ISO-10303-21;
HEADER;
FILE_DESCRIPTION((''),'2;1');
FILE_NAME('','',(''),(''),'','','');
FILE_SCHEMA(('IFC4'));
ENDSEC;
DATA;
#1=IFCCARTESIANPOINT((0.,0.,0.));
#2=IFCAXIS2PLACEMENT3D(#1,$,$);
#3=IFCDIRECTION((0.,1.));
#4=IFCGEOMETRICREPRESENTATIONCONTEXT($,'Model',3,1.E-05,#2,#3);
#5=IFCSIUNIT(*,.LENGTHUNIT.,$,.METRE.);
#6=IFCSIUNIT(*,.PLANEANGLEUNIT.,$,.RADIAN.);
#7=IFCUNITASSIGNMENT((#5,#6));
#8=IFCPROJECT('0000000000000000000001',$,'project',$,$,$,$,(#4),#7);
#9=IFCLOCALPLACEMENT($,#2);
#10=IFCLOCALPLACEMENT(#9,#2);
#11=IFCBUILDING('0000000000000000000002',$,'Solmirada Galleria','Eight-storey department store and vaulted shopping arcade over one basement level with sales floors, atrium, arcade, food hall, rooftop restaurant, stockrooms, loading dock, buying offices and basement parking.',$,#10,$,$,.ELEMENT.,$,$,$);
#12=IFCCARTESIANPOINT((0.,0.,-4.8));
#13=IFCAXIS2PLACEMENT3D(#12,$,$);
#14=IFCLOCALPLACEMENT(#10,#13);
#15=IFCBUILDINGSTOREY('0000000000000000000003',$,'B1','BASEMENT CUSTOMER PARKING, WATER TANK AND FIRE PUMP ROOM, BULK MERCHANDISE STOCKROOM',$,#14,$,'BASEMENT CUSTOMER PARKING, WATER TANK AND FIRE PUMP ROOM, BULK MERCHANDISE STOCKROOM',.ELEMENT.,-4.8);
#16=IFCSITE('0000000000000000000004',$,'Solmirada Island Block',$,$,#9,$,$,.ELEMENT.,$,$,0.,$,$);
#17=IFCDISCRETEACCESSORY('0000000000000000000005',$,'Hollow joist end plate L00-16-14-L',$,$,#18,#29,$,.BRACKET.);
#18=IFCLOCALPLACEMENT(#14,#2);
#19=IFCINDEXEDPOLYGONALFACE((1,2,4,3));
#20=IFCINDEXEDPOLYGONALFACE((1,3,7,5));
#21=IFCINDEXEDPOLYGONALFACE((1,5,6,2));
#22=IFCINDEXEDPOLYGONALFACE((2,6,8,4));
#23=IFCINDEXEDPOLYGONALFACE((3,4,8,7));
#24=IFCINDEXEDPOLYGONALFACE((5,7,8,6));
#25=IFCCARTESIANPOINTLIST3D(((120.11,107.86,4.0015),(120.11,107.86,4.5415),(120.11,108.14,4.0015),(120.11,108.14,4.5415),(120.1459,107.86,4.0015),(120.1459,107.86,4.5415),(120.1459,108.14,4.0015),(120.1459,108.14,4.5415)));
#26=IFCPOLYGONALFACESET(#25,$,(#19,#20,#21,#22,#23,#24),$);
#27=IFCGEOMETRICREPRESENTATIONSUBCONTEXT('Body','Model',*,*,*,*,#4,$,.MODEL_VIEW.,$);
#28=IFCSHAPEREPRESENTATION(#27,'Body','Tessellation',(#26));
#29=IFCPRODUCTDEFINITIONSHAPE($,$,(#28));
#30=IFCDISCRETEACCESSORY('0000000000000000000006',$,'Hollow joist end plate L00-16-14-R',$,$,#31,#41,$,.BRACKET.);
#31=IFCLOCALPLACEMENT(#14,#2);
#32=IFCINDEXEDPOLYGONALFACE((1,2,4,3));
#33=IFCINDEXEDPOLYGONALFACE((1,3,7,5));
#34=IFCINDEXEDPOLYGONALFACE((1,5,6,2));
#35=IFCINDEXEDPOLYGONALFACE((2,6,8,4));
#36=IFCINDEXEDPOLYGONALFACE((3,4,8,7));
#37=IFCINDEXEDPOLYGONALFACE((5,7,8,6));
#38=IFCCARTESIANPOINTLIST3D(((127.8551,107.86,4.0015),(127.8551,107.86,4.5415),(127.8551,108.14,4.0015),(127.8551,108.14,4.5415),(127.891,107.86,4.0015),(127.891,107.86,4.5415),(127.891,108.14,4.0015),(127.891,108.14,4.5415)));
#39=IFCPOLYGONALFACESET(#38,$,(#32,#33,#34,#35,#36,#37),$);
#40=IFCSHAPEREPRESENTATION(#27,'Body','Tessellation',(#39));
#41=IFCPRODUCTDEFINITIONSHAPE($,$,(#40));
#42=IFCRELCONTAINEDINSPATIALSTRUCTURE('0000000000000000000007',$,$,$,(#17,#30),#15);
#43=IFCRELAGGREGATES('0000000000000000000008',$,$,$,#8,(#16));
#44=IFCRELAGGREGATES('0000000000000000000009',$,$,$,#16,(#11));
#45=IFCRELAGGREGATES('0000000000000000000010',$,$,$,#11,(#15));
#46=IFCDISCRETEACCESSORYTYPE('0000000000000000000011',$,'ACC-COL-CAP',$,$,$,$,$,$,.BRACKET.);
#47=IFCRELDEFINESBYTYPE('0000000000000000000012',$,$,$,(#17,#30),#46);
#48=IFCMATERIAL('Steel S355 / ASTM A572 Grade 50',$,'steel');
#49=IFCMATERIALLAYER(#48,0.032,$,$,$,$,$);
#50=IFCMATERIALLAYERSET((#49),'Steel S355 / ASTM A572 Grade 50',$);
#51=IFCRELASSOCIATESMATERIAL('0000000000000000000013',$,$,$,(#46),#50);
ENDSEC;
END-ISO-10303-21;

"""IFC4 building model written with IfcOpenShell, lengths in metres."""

from ifc_helpers import new_model, si_unit, direction, frame, origin, origin_2d, place, context, subcontext, project, spatial, rectangle, extrude, material, layer, layer_set, type_object, element, save


model = new_model("IFC4")

# Units and contexts
model_context = context("Model", 3, precision=1e-05, world=origin(), true_north=direction((0.0, 1.0)))
body_context = subcontext(model_context, "Body", "Model", "MODEL_VIEW")
ifc_project = project(units=[si_unit("LENGTHUNIT", "METRE"), si_unit("PLANEANGLEUNIT", "RADIAN")], contexts=[model_context])

# Site, building, storey
site_placement = place(None, origin())
site = spatial("IfcSite", under=ifc_project, at=site_placement, Name="Solmirada Island Block", CompositionType="ELEMENT", RefElevation=0.0)
building_placement = place(site_placement, origin())
building = spatial("IfcBuilding", under=site, at=building_placement, Name="Solmirada Galleria", Description="Eight-storey department store and vaulted shopping arcade over one basement level with sales floors, atrium, arcade, food hall, rooftop restaurant, stockrooms, loading dock, buying offices and basement parking.", CompositionType="ELEMENT")
storey_placement = place(building_placement, frame((0.0, 0.0, -4.8)))
storey = spatial("IfcBuildingStorey", under=building, at=storey_placement, Name="B1", Description="BASEMENT CUSTOMER PARKING, WATER TANK AND FIRE PUMP ROOM, BULK MERCHANDISE STOCKROOM", LongName="BASEMENT CUSTOMER PARKING, WATER TANK AND FIRE PUMP ROOM, BULK MERCHANDISE STOCKROOM", CompositionType="ELEMENT", Elevation=-4.8)

# Discrete accessories
ifc_material_1 = material(Name="Steel S355 / ASTM A572 Grade 50", Category="steel")
ifc_layer = layer(ifc_material_1, 0.032)
ifc_layer_set = layer_set([ifc_layer], Name="Steel S355 / ASTM A572 Grade 50")
discrete_accessory_type = type_object("IfcDiscreteAccessoryType", Name="ACC-COL-CAP", PredefinedType="BRACKET", material=ifc_layer_set)
for number, where, z_axis, x_axis, name in (
    (1, (120.1279, 108.0, 4.0015), (0.0, 0.0, 1.0), (1.0, 0.0, 0.0), "Hollow joist end plate L00-16-14-L"),
    (2, (127.873, 108.0, 4.0015), (0.0, 0.0, 1.0), (1.0, 0.0, 0.0), "Hollow joist end plate L00-16-14-R"),
):
    element("IfcDiscreteAccessory", number, at=place(storey_placement, frame(where, z_axis=z_axis, x_axis=x_axis)), inside=storey, type_object=discrete_accessory_type, Name=name, PredefinedType="BRACKET", context=body_context, shape_type="SweptSolid", body=[
        extrude(rectangle(XDim=0.0359, YDim=0.28, at=origin_2d()), origin(), (0.0, 0.0, 1.0), 0.54),
    ])

save(model, "model.ifc")
